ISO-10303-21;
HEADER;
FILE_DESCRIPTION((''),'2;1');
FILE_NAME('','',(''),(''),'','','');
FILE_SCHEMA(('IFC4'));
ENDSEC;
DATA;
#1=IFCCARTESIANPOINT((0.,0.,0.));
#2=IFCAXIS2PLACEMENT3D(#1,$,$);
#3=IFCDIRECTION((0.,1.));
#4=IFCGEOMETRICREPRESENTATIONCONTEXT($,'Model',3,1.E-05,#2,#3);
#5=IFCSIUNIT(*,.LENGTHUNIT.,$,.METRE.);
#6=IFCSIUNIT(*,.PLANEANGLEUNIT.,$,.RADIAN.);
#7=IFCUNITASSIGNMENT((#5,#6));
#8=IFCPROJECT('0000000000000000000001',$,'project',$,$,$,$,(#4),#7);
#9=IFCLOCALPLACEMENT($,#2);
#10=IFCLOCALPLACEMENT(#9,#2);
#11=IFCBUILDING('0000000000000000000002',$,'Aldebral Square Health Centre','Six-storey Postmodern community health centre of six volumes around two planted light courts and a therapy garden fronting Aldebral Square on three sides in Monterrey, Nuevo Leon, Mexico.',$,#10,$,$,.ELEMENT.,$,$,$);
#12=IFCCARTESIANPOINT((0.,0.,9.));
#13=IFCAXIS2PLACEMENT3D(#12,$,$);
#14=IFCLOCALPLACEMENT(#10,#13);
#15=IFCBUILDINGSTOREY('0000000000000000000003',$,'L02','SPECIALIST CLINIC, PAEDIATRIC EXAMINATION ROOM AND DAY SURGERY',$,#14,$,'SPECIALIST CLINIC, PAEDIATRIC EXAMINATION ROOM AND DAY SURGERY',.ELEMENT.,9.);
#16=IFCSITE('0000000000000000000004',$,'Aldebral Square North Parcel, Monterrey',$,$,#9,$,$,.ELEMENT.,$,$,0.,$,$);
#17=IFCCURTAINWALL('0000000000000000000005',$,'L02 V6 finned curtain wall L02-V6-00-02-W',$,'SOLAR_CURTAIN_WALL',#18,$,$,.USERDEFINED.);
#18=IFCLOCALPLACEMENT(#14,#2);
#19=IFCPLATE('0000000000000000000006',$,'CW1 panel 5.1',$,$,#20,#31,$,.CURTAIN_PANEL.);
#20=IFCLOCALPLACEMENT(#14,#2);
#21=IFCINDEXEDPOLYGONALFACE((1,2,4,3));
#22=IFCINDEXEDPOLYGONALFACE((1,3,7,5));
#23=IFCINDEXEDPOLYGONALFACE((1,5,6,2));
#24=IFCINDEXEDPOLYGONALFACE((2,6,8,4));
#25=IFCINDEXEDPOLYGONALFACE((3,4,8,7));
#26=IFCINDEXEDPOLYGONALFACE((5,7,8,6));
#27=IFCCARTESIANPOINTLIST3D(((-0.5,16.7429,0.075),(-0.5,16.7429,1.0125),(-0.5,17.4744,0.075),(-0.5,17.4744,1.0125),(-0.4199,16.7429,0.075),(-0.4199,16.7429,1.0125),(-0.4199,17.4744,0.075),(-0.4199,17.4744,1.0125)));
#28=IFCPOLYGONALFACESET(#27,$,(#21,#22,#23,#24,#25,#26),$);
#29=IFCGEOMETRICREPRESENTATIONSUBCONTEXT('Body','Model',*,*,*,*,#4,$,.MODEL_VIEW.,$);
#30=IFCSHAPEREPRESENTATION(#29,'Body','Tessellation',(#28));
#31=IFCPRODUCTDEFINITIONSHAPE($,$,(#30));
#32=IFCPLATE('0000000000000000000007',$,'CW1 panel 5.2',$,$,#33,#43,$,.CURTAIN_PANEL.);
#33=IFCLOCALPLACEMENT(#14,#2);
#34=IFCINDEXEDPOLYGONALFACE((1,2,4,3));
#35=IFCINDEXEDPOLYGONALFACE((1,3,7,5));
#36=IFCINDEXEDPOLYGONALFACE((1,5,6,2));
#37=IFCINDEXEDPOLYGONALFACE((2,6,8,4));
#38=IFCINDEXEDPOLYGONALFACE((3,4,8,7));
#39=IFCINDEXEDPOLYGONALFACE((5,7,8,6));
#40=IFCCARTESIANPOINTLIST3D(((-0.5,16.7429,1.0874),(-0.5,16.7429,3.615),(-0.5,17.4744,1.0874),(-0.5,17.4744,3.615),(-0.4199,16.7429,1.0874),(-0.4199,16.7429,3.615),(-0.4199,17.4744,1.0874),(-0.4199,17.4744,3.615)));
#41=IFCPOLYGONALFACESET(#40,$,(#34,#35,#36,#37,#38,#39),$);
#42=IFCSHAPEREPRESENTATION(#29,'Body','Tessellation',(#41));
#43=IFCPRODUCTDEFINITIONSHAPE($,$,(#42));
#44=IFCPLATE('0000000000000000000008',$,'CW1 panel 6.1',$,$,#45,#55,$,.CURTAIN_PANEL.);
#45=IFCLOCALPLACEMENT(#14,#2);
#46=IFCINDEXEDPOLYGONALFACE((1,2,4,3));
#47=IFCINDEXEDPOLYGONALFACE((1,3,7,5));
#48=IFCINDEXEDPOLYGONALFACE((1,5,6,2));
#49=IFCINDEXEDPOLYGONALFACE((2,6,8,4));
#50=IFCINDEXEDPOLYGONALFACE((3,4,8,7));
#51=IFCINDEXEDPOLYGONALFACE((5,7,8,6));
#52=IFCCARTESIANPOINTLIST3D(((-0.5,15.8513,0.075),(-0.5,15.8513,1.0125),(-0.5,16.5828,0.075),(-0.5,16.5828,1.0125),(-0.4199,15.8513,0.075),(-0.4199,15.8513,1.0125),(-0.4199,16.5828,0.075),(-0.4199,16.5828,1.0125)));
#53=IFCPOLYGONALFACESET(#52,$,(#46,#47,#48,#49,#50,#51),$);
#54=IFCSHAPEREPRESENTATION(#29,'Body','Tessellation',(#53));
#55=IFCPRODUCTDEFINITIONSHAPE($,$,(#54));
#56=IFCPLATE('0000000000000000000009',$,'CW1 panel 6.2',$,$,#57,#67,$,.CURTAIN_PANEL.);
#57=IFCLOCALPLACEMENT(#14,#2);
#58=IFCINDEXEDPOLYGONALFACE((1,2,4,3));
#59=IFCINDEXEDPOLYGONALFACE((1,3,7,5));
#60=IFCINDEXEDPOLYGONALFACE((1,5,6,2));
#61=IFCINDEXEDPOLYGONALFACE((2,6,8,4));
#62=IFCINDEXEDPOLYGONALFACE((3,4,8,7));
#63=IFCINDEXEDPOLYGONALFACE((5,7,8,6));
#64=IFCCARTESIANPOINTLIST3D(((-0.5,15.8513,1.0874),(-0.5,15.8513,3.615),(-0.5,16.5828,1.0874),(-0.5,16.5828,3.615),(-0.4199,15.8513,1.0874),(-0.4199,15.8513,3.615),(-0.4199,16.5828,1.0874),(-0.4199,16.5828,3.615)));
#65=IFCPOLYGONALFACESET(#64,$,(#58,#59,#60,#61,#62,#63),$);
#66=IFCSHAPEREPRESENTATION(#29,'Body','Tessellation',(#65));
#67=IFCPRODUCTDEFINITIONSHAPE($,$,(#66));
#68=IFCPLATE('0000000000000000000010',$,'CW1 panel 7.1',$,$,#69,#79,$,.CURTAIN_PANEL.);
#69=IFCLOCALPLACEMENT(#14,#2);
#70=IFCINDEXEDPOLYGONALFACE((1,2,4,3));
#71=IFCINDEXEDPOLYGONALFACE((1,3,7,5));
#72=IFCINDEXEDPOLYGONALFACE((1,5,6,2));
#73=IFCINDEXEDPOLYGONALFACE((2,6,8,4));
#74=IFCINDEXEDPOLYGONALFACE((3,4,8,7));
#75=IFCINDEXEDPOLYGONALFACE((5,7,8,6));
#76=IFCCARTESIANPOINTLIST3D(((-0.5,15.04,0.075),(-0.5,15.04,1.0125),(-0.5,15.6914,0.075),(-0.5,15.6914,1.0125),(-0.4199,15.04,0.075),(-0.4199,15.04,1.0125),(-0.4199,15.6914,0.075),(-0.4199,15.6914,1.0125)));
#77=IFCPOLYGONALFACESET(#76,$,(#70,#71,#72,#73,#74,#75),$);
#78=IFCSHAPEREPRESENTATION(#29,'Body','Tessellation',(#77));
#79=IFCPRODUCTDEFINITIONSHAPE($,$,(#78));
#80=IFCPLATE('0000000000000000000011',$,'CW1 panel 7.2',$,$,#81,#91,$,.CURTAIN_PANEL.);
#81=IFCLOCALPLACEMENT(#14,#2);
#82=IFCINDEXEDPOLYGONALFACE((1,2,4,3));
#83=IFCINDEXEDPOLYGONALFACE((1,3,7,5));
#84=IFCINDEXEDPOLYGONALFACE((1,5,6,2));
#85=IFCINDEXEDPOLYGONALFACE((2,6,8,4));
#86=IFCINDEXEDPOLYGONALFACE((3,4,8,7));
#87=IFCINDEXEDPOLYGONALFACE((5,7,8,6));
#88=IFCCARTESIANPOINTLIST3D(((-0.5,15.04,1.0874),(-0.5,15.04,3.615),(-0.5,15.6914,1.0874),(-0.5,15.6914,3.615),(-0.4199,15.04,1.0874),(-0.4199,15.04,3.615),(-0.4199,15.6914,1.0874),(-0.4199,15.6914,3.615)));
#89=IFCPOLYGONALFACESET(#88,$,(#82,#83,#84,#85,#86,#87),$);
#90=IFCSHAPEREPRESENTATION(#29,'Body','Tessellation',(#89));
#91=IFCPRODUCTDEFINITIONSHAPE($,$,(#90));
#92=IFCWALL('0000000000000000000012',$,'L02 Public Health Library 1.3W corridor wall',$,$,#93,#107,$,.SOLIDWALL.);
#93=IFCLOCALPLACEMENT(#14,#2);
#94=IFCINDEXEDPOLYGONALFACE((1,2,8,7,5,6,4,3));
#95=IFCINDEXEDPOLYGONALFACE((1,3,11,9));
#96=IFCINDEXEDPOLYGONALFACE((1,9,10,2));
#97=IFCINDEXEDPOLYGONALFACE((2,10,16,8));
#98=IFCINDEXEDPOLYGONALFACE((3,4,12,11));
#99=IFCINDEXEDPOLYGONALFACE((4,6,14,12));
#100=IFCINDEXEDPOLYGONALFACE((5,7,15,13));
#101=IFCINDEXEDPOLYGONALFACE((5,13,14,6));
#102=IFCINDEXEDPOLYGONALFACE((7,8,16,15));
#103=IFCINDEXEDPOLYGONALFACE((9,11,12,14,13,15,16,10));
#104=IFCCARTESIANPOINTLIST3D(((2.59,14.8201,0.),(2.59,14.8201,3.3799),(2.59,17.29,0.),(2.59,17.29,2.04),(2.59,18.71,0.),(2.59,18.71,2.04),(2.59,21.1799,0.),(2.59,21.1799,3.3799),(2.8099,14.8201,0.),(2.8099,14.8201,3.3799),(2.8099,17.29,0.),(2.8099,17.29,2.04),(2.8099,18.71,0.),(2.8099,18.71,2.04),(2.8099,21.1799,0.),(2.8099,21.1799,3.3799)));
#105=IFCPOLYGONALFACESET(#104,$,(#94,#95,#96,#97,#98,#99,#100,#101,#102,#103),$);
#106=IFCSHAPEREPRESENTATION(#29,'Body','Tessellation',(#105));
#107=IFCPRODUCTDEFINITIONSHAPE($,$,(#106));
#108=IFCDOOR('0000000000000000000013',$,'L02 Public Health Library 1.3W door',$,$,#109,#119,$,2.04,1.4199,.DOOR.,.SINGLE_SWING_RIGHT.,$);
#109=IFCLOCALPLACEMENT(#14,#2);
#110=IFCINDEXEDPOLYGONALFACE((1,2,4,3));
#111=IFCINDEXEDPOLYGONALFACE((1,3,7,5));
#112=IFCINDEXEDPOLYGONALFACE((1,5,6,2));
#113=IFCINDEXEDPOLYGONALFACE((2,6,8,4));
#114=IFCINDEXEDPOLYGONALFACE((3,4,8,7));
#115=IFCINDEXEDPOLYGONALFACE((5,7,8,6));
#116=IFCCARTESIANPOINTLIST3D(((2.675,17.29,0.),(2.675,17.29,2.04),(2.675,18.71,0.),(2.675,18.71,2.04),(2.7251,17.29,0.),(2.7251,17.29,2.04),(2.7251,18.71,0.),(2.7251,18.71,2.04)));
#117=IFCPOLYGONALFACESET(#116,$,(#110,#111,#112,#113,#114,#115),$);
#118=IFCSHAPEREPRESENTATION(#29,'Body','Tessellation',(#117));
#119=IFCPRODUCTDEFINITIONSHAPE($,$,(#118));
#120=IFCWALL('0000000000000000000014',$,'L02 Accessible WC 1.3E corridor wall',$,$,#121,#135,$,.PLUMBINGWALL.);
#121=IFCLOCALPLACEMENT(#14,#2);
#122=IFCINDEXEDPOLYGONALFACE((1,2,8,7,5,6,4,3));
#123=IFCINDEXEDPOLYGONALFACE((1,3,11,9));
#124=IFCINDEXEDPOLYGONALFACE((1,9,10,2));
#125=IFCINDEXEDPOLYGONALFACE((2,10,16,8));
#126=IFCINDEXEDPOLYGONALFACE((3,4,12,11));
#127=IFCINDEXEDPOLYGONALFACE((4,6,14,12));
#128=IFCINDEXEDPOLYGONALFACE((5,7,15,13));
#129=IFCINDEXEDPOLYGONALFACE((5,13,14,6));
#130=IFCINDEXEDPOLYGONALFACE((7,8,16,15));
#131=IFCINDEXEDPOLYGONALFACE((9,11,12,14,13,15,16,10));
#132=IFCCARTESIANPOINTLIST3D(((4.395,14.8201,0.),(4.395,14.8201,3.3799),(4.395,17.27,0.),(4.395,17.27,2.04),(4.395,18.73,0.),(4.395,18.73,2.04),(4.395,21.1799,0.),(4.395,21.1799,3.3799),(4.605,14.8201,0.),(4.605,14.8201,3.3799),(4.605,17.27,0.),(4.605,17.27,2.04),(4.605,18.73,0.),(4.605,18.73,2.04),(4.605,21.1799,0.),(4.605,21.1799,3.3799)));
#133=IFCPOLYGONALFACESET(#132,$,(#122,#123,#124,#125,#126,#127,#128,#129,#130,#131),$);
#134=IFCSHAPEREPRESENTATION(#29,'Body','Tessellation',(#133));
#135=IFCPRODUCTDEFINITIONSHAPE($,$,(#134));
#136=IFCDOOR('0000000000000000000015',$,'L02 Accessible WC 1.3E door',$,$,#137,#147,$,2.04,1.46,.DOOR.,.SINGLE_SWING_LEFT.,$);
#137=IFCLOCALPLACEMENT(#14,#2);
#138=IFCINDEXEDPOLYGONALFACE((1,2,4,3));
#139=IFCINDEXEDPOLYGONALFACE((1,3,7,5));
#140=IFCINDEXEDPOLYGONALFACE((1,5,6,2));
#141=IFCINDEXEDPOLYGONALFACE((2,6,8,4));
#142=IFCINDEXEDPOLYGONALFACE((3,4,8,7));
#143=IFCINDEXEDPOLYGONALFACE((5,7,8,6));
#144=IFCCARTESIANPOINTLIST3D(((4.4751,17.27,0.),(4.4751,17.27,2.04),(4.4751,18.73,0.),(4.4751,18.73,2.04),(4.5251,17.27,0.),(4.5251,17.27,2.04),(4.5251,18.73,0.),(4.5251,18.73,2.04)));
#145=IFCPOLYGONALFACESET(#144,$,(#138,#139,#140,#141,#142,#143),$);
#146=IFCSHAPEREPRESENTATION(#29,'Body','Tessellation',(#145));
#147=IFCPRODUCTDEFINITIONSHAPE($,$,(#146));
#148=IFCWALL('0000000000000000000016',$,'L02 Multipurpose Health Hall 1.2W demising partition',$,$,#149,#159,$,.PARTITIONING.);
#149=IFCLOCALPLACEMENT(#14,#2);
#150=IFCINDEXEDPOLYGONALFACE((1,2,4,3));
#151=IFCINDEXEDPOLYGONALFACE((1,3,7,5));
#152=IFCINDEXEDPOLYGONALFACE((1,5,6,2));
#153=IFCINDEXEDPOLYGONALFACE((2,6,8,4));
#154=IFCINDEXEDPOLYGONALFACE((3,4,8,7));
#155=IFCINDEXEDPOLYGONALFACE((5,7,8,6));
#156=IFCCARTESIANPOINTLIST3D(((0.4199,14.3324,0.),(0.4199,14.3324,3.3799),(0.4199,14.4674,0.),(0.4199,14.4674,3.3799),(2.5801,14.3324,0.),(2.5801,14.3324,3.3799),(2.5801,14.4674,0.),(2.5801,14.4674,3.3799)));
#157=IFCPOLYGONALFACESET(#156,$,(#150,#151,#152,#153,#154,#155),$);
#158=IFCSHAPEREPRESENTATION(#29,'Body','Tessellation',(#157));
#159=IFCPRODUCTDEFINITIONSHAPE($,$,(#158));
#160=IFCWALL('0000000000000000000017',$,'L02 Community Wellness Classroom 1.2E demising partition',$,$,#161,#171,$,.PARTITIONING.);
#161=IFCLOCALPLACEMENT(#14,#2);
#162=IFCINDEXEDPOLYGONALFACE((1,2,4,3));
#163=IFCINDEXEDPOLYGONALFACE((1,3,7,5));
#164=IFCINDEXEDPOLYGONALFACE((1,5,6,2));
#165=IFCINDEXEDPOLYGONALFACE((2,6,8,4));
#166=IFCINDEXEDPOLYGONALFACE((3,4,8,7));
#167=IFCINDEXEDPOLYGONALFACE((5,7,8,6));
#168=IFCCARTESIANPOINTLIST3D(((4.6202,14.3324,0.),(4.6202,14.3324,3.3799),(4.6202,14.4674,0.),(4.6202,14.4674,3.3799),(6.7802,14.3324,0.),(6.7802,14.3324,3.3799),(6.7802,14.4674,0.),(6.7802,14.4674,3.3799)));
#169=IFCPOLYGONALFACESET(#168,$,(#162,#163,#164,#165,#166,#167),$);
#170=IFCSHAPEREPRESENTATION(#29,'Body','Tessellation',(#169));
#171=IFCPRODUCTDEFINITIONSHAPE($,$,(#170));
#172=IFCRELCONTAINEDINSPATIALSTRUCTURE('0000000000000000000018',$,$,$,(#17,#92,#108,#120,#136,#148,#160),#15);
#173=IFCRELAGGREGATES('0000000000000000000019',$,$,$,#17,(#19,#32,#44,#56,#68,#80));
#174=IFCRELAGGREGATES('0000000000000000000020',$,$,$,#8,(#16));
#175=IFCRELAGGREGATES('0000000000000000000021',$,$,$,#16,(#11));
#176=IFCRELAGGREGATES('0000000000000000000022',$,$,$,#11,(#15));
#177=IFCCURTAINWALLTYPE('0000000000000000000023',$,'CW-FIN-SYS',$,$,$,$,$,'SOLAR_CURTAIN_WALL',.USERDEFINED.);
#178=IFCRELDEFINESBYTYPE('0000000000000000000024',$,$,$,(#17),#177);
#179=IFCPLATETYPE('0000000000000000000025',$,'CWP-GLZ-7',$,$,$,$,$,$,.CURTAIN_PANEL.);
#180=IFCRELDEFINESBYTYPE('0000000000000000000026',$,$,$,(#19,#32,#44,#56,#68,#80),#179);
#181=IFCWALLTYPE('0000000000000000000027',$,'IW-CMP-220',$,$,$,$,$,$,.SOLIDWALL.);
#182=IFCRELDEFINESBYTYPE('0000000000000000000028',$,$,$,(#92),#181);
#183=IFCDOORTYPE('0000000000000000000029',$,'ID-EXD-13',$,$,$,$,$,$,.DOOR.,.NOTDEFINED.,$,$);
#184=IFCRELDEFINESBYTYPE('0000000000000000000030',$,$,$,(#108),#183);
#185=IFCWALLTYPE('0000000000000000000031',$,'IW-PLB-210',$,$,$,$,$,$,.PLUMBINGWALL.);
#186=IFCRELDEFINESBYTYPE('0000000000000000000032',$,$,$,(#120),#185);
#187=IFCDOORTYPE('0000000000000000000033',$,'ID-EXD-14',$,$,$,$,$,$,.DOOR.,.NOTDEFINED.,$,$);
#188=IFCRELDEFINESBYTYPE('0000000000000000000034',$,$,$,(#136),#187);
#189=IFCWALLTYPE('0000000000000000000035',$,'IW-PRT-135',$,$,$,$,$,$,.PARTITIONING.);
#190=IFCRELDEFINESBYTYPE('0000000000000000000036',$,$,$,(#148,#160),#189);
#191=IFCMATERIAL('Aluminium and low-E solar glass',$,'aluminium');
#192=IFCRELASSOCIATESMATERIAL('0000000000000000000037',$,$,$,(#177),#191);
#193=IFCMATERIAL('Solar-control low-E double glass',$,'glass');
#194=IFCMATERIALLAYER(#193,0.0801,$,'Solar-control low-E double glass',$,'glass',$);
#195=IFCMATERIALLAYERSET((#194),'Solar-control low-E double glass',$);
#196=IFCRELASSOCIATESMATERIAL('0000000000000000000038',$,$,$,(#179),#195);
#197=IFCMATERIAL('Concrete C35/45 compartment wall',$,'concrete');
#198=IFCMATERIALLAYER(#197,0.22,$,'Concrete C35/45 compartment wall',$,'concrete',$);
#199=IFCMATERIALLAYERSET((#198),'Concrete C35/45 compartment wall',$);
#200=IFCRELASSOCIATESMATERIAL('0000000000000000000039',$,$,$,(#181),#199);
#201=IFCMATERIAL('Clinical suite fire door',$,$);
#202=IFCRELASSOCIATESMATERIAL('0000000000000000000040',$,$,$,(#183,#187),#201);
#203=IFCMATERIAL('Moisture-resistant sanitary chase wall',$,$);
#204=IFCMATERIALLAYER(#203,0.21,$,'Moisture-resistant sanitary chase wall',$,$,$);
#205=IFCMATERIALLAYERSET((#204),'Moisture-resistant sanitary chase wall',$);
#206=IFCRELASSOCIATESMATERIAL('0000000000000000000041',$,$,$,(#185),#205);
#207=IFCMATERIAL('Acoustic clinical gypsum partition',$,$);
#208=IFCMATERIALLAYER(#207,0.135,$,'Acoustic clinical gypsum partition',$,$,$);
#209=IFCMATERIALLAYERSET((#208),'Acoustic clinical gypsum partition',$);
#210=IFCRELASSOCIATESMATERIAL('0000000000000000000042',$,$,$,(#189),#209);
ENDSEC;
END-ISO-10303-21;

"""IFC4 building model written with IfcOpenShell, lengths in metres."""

from ifc_helpers import new_model, si_unit, direction, frame, frame_2d, origin, origin_2d, place, context, subcontext, project, spatial, rectangle, extrude, material, layer, layer_set, type_object, element, fill, aggregate, save


model = new_model("IFC4")

# Units and contexts
model_context = context("Model", 3, precision=1e-05, world=origin(), true_north=direction((0.0, 1.0)))
body_context = subcontext(model_context, "Body", "Model", "MODEL_VIEW")
ifc_project = project(units=[si_unit("LENGTHUNIT", "METRE"), si_unit("PLANEANGLEUNIT", "RADIAN")], contexts=[model_context])

# Site, building, storey
site_placement = place(None, origin())
site = spatial("IfcSite", under=ifc_project, at=site_placement, Name="Aldebral Square North Parcel, Monterrey", CompositionType="ELEMENT", RefElevation=0.0)
building_placement = place(site_placement, origin())
building = spatial("IfcBuilding", under=site, at=building_placement, Name="Aldebral Square Health Centre", Description="Six-storey Postmodern community health centre of six volumes around two planted light courts and a therapy garden fronting Aldebral Square on three sides in Monterrey, Nuevo Leon, Mexico.", CompositionType="ELEMENT")
storey_placement = place(building_placement, frame((0.0, 0.0, 9.0)))
storey = spatial("IfcBuildingStorey", under=building, at=storey_placement, Name="L02", Description="SPECIALIST CLINIC, PAEDIATRIC EXAMINATION ROOM AND DAY SURGERY", LongName="SPECIALIST CLINIC, PAEDIATRIC EXAMINATION ROOM AND DAY SURGERY", CompositionType="ELEMENT", Elevation=9.0)

# Curtain wall, plates
ifc_material_1 = material(Name="Aluminium and low-E solar glass", Category="aluminium")
curtain_wall_type = type_object("IfcCurtainWallType", Name="CW-FIN-SYS", ElementType="SOLAR_CURTAIN_WALL", PredefinedType="USERDEFINED", material=ifc_material_1)
curtain_wall_placement = place(storey_placement, origin())
curtain_wall = element("IfcCurtainWall", 1, at=curtain_wall_placement, inside=storey, type_object=curtain_wall_type, Name="L02 V6 finned curtain wall L02-V6-00-02-W", ObjectType="SOLAR_CURTAIN_WALL", PredefinedType="USERDEFINED")
ifc_material_2 = material(Name="Solar-control low-E double glass", Category="glass")
ifc_layer_1 = layer(ifc_material_2, 0.0801, Name="Solar-control low-E double glass", Category="glass")
ifc_layer_set_1 = layer_set([ifc_layer_1], Name="Solar-control low-E double glass")
plate_type = type_object("IfcPlateType", Name="CWP-GLZ-7", PredefinedType="CURTAIN_PANEL", material=ifc_layer_set_1)
plate_1_placement = place(storey_placement, frame((-0.46, 17.1086, 0.075), z_axis=(0.0, 0.0, 1.0), x_axis=(0.0, -1.0, 0.0)))
plate_1 = element("IfcPlate", 2, at=plate_1_placement, type_object=plate_type, Name="CW1 panel 5.1", PredefinedType="CURTAIN_PANEL", context=body_context, shape_type="SweptSolid", body=[
    extrude(rectangle(XDim=0.7314, YDim=0.0801, at=origin_2d()), origin(), (0.0, 0.0, 1.0), 0.9375),
])
plate_2_placement = place(storey_placement, frame((-0.46, 17.1086, 1.0874), z_axis=(0.0, 0.0, 1.0), x_axis=(0.0, -1.0, 0.0)))
plate_2 = element("IfcPlate", 3, at=plate_2_placement, type_object=plate_type, Name="CW1 panel 5.2", PredefinedType="CURTAIN_PANEL", context=body_context, shape_type="SweptSolid", body=[
    extrude(rectangle(XDim=0.7314, YDim=0.0801, at=origin_2d()), origin(), (0.0, 0.0, 1.0), 2.5276),
])
plate_3_placement = place(storey_placement, frame((-0.46, 16.217, 0.075), z_axis=(0.0, 0.0, 1.0), x_axis=(0.0, -1.0, 0.0)))
plate_3 = element("IfcPlate", 4, at=plate_3_placement, type_object=plate_type, Name="CW1 panel 6.1", PredefinedType="CURTAIN_PANEL", context=body_context, shape_type="SweptSolid", body=[
    extrude(rectangle(XDim=0.7314, YDim=0.0801, at=origin_2d()), origin(), (0.0, 0.0, 1.0), 0.9375),
])
plate_4_placement = place(storey_placement, frame((-0.46, 16.217, 1.0874), z_axis=(0.0, 0.0, 1.0), x_axis=(0.0, -1.0, 0.0)))
plate_4 = element("IfcPlate", 5, at=plate_4_placement, type_object=plate_type, Name="CW1 panel 6.2", PredefinedType="CURTAIN_PANEL", context=body_context, shape_type="SweptSolid", body=[
    extrude(rectangle(XDim=0.7314, YDim=0.0801, at=origin_2d()), origin(), (0.0, 0.0, 1.0), 2.5276),
])
plate_5_placement = place(storey_placement, frame((-0.46, 15.3657, 0.075), z_axis=(0.0, 0.0, 1.0), x_axis=(0.0, -1.0, 0.0)))
plate_5 = element("IfcPlate", 6, at=plate_5_placement, type_object=plate_type, Name="CW1 panel 7.1", PredefinedType="CURTAIN_PANEL", context=body_context, shape_type="SweptSolid", body=[
    extrude(rectangle(XDim=0.6514, YDim=0.0801, at=origin_2d()), origin(), (0.0, 0.0, 1.0), 0.9375),
])
plate_6_placement = place(storey_placement, frame((-0.46, 15.3657, 1.0874), z_axis=(0.0, 0.0, 1.0), x_axis=(0.0, -1.0, 0.0)))
plate_6 = element("IfcPlate", 7, at=plate_6_placement, type_object=plate_type, Name="CW1 panel 7.2", PredefinedType="CURTAIN_PANEL", context=body_context, shape_type="SweptSolid", body=[
    extrude(rectangle(XDim=0.6514, YDim=0.0801, at=origin_2d()), origin(), (0.0, 0.0, 1.0), 2.5276),
])
aggregate(curtain_wall, [plate_1, plate_2, plate_3, plate_4, plate_5, plate_6])

# Walls, openings, doors
ifc_material_3 = material(Name="Concrete C35/45 compartment wall", Category="concrete")
ifc_layer_2 = layer(ifc_material_3, 0.22, Name="Concrete C35/45 compartment wall", Category="concrete")
ifc_layer_set_2 = layer_set([ifc_layer_2], Name="Concrete C35/45 compartment wall")
wall_type_1 = type_object("IfcWallType", Name="IW-CMP-220", PredefinedType="SOLIDWALL", material=ifc_layer_set_2)
wall_1_placement = place(storey_placement, frame((2.7, 14.8201, 0.0), z_axis=(0.0, 0.0, 1.0), x_axis=(0.0, 1.0, 0.0)))
wall_1 = element("IfcWall", 8, at=wall_1_placement, inside=storey, type_object=wall_type_1, Name="L02 Public Health Library 1.3W corridor wall", PredefinedType="SOLIDWALL", context=body_context, shape_type="SweptSolid", body=[
    extrude(rectangle(XDim=6.3599, YDim=0.22, at=frame_2d((3.1799, 0.0))), origin(), (0.0, 0.0, 1.0), 3.3799),
])
opening_1_placement = place(wall_1_placement, frame((2.47, 0.0, 0.0)))
opening_1 = element("IfcOpeningElement", 9, at=opening_1_placement, cuts=wall_1, PredefinedType="OPENING", context=body_context, shape_type="SweptSolid", body=[
    extrude(rectangle(XDim=1.4199, YDim=2.04, at=frame_2d((0.71, 1.02))), frame((0.0, 0.1201, 0.0), z_axis=(0.0, -1.0, 0.0), x_axis=(1.0, 0.0, 0.0)), (0.0, 0.0, 1.0), 0.24),
])
ifc_material_4 = material(Name="Clinical suite fire door")
door_type_1 = type_object("IfcDoorType", Name="ID-EXD-13", OperationType="NOTDEFINED", PredefinedType="DOOR", material=ifc_material_4)
door_1_placement = place(opening_1_placement, origin())
door_1 = element("IfcDoor", 10, at=door_1_placement, inside=storey, type_object=door_type_1, Name="L02 Public Health Library 1.3W door", OperationType="SINGLE_SWING_RIGHT", OverallHeight=2.04, OverallWidth=1.4199, PredefinedType="DOOR", context=body_context, shape_type="SweptSolid", body=[
    extrude(rectangle(XDim=1.4199, YDim=2.04, at=frame_2d((0.71, 1.02))), frame((0.0, 0.0249, 0.0), z_axis=(0.0, -1.0, 0.0), x_axis=(1.0, 0.0, 0.0)), (0.0, 0.0, 1.0), 0.05),
])
fill(opening_1, door_1)
ifc_material_5 = material(Name="Moisture-resistant sanitary chase wall")
ifc_layer_3 = layer(ifc_material_5, 0.21, Name="Moisture-resistant sanitary chase wall")
ifc_layer_set_3 = layer_set([ifc_layer_3], Name="Moisture-resistant sanitary chase wall")
wall_type_2 = type_object("IfcWallType", Name="IW-PLB-210", PredefinedType="PLUMBINGWALL", material=ifc_layer_set_3)
wall_2_placement = place(storey_placement, frame((4.5, 14.8201, 0.0), z_axis=(0.0, 0.0, 1.0), x_axis=(0.0, 1.0, 0.0)))
wall_2 = element("IfcWall", 11, at=wall_2_placement, inside=storey, type_object=wall_type_2, Name="L02 Accessible WC 1.3E corridor wall", PredefinedType="PLUMBINGWALL", context=body_context, shape_type="SweptSolid", body=[
    extrude(rectangle(XDim=6.3599, YDim=0.21, at=frame_2d((3.1799, 0.0))), origin(), (0.0, 0.0, 1.0), 3.3799),
])
opening_2_placement = place(wall_2_placement, frame((2.45, 0.0, 0.0)))
opening_2 = element("IfcOpeningElement", 12, at=opening_2_placement, cuts=wall_2, PredefinedType="OPENING", context=body_context, shape_type="SweptSolid", body=[
    extrude(rectangle(XDim=1.46, YDim=2.04, at=frame_2d((0.73, 1.02))), frame((0.0, 0.115, 0.0), z_axis=(0.0, -1.0, 0.0), x_axis=(1.0, 0.0, 0.0)), (0.0, 0.0, 1.0), 0.23),
])
door_type_2 = type_object("IfcDoorType", Name="ID-EXD-14", OperationType="NOTDEFINED", PredefinedType="DOOR", material=ifc_material_4)
door_2_placement = place(opening_2_placement, origin())
door_2 = element("IfcDoor", 13, at=door_2_placement, inside=storey, type_object=door_type_2, Name="L02 Accessible WC 1.3E door", OperationType="SINGLE_SWING_LEFT", OverallHeight=2.04, OverallWidth=1.46, PredefinedType="DOOR", context=body_context, shape_type="SweptSolid", body=[
    extrude(rectangle(XDim=1.46, YDim=2.04, at=frame_2d((0.73, 1.02))), frame((0.0, 0.0249, 0.0), z_axis=(0.0, -1.0, 0.0), x_axis=(1.0, 0.0, 0.0)), (0.0, 0.0, 1.0), 0.05),
])
fill(opening_2, door_2)

# Walls
ifc_material_6 = material(Name="Acoustic clinical gypsum partition")
ifc_layer_4 = layer(ifc_material_6, 0.135, Name="Acoustic clinical gypsum partition")
ifc_layer_set_4 = layer_set([ifc_layer_4], Name="Acoustic clinical gypsum partition")
wall_type_3 = type_object("IfcWallType", Name="IW-PRT-135", PredefinedType="PARTITIONING", material=ifc_layer_set_4)
wall_3_placement = place(storey_placement, frame((0.4199, 14.3999, 0.0), z_axis=(0.0, 0.0, 1.0), x_axis=(1.0, 0.0, 0.0)))
element("IfcWall", 14, at=wall_3_placement, inside=storey, type_object=wall_type_3, Name="L02 Multipurpose Health Hall 1.2W demising partition", PredefinedType="PARTITIONING", context=body_context, shape_type="SweptSolid", body=[
    extrude(rectangle(XDim=2.1602, YDim=0.135, at=frame_2d((1.0801, 0.0))), origin(), (0.0, 0.0, 1.0), 3.3799),
])
wall_4_placement = place(storey_placement, frame((4.6201, 14.3999, 0.0), z_axis=(0.0, 0.0, 1.0), x_axis=(1.0, 0.0, 0.0)))
element("IfcWall", 15, at=wall_4_placement, inside=storey, type_object=wall_type_3, Name="L02 Community Wellness Classroom 1.2E demising partition", PredefinedType="PARTITIONING", context=body_context, shape_type="SweptSolid", body=[
    extrude(rectangle(XDim=2.1599, YDim=0.135, at=frame_2d((1.0801, 0.0))), origin(), (0.0, 0.0, 1.0), 3.3799),
])

save(model, "model.ifc")
